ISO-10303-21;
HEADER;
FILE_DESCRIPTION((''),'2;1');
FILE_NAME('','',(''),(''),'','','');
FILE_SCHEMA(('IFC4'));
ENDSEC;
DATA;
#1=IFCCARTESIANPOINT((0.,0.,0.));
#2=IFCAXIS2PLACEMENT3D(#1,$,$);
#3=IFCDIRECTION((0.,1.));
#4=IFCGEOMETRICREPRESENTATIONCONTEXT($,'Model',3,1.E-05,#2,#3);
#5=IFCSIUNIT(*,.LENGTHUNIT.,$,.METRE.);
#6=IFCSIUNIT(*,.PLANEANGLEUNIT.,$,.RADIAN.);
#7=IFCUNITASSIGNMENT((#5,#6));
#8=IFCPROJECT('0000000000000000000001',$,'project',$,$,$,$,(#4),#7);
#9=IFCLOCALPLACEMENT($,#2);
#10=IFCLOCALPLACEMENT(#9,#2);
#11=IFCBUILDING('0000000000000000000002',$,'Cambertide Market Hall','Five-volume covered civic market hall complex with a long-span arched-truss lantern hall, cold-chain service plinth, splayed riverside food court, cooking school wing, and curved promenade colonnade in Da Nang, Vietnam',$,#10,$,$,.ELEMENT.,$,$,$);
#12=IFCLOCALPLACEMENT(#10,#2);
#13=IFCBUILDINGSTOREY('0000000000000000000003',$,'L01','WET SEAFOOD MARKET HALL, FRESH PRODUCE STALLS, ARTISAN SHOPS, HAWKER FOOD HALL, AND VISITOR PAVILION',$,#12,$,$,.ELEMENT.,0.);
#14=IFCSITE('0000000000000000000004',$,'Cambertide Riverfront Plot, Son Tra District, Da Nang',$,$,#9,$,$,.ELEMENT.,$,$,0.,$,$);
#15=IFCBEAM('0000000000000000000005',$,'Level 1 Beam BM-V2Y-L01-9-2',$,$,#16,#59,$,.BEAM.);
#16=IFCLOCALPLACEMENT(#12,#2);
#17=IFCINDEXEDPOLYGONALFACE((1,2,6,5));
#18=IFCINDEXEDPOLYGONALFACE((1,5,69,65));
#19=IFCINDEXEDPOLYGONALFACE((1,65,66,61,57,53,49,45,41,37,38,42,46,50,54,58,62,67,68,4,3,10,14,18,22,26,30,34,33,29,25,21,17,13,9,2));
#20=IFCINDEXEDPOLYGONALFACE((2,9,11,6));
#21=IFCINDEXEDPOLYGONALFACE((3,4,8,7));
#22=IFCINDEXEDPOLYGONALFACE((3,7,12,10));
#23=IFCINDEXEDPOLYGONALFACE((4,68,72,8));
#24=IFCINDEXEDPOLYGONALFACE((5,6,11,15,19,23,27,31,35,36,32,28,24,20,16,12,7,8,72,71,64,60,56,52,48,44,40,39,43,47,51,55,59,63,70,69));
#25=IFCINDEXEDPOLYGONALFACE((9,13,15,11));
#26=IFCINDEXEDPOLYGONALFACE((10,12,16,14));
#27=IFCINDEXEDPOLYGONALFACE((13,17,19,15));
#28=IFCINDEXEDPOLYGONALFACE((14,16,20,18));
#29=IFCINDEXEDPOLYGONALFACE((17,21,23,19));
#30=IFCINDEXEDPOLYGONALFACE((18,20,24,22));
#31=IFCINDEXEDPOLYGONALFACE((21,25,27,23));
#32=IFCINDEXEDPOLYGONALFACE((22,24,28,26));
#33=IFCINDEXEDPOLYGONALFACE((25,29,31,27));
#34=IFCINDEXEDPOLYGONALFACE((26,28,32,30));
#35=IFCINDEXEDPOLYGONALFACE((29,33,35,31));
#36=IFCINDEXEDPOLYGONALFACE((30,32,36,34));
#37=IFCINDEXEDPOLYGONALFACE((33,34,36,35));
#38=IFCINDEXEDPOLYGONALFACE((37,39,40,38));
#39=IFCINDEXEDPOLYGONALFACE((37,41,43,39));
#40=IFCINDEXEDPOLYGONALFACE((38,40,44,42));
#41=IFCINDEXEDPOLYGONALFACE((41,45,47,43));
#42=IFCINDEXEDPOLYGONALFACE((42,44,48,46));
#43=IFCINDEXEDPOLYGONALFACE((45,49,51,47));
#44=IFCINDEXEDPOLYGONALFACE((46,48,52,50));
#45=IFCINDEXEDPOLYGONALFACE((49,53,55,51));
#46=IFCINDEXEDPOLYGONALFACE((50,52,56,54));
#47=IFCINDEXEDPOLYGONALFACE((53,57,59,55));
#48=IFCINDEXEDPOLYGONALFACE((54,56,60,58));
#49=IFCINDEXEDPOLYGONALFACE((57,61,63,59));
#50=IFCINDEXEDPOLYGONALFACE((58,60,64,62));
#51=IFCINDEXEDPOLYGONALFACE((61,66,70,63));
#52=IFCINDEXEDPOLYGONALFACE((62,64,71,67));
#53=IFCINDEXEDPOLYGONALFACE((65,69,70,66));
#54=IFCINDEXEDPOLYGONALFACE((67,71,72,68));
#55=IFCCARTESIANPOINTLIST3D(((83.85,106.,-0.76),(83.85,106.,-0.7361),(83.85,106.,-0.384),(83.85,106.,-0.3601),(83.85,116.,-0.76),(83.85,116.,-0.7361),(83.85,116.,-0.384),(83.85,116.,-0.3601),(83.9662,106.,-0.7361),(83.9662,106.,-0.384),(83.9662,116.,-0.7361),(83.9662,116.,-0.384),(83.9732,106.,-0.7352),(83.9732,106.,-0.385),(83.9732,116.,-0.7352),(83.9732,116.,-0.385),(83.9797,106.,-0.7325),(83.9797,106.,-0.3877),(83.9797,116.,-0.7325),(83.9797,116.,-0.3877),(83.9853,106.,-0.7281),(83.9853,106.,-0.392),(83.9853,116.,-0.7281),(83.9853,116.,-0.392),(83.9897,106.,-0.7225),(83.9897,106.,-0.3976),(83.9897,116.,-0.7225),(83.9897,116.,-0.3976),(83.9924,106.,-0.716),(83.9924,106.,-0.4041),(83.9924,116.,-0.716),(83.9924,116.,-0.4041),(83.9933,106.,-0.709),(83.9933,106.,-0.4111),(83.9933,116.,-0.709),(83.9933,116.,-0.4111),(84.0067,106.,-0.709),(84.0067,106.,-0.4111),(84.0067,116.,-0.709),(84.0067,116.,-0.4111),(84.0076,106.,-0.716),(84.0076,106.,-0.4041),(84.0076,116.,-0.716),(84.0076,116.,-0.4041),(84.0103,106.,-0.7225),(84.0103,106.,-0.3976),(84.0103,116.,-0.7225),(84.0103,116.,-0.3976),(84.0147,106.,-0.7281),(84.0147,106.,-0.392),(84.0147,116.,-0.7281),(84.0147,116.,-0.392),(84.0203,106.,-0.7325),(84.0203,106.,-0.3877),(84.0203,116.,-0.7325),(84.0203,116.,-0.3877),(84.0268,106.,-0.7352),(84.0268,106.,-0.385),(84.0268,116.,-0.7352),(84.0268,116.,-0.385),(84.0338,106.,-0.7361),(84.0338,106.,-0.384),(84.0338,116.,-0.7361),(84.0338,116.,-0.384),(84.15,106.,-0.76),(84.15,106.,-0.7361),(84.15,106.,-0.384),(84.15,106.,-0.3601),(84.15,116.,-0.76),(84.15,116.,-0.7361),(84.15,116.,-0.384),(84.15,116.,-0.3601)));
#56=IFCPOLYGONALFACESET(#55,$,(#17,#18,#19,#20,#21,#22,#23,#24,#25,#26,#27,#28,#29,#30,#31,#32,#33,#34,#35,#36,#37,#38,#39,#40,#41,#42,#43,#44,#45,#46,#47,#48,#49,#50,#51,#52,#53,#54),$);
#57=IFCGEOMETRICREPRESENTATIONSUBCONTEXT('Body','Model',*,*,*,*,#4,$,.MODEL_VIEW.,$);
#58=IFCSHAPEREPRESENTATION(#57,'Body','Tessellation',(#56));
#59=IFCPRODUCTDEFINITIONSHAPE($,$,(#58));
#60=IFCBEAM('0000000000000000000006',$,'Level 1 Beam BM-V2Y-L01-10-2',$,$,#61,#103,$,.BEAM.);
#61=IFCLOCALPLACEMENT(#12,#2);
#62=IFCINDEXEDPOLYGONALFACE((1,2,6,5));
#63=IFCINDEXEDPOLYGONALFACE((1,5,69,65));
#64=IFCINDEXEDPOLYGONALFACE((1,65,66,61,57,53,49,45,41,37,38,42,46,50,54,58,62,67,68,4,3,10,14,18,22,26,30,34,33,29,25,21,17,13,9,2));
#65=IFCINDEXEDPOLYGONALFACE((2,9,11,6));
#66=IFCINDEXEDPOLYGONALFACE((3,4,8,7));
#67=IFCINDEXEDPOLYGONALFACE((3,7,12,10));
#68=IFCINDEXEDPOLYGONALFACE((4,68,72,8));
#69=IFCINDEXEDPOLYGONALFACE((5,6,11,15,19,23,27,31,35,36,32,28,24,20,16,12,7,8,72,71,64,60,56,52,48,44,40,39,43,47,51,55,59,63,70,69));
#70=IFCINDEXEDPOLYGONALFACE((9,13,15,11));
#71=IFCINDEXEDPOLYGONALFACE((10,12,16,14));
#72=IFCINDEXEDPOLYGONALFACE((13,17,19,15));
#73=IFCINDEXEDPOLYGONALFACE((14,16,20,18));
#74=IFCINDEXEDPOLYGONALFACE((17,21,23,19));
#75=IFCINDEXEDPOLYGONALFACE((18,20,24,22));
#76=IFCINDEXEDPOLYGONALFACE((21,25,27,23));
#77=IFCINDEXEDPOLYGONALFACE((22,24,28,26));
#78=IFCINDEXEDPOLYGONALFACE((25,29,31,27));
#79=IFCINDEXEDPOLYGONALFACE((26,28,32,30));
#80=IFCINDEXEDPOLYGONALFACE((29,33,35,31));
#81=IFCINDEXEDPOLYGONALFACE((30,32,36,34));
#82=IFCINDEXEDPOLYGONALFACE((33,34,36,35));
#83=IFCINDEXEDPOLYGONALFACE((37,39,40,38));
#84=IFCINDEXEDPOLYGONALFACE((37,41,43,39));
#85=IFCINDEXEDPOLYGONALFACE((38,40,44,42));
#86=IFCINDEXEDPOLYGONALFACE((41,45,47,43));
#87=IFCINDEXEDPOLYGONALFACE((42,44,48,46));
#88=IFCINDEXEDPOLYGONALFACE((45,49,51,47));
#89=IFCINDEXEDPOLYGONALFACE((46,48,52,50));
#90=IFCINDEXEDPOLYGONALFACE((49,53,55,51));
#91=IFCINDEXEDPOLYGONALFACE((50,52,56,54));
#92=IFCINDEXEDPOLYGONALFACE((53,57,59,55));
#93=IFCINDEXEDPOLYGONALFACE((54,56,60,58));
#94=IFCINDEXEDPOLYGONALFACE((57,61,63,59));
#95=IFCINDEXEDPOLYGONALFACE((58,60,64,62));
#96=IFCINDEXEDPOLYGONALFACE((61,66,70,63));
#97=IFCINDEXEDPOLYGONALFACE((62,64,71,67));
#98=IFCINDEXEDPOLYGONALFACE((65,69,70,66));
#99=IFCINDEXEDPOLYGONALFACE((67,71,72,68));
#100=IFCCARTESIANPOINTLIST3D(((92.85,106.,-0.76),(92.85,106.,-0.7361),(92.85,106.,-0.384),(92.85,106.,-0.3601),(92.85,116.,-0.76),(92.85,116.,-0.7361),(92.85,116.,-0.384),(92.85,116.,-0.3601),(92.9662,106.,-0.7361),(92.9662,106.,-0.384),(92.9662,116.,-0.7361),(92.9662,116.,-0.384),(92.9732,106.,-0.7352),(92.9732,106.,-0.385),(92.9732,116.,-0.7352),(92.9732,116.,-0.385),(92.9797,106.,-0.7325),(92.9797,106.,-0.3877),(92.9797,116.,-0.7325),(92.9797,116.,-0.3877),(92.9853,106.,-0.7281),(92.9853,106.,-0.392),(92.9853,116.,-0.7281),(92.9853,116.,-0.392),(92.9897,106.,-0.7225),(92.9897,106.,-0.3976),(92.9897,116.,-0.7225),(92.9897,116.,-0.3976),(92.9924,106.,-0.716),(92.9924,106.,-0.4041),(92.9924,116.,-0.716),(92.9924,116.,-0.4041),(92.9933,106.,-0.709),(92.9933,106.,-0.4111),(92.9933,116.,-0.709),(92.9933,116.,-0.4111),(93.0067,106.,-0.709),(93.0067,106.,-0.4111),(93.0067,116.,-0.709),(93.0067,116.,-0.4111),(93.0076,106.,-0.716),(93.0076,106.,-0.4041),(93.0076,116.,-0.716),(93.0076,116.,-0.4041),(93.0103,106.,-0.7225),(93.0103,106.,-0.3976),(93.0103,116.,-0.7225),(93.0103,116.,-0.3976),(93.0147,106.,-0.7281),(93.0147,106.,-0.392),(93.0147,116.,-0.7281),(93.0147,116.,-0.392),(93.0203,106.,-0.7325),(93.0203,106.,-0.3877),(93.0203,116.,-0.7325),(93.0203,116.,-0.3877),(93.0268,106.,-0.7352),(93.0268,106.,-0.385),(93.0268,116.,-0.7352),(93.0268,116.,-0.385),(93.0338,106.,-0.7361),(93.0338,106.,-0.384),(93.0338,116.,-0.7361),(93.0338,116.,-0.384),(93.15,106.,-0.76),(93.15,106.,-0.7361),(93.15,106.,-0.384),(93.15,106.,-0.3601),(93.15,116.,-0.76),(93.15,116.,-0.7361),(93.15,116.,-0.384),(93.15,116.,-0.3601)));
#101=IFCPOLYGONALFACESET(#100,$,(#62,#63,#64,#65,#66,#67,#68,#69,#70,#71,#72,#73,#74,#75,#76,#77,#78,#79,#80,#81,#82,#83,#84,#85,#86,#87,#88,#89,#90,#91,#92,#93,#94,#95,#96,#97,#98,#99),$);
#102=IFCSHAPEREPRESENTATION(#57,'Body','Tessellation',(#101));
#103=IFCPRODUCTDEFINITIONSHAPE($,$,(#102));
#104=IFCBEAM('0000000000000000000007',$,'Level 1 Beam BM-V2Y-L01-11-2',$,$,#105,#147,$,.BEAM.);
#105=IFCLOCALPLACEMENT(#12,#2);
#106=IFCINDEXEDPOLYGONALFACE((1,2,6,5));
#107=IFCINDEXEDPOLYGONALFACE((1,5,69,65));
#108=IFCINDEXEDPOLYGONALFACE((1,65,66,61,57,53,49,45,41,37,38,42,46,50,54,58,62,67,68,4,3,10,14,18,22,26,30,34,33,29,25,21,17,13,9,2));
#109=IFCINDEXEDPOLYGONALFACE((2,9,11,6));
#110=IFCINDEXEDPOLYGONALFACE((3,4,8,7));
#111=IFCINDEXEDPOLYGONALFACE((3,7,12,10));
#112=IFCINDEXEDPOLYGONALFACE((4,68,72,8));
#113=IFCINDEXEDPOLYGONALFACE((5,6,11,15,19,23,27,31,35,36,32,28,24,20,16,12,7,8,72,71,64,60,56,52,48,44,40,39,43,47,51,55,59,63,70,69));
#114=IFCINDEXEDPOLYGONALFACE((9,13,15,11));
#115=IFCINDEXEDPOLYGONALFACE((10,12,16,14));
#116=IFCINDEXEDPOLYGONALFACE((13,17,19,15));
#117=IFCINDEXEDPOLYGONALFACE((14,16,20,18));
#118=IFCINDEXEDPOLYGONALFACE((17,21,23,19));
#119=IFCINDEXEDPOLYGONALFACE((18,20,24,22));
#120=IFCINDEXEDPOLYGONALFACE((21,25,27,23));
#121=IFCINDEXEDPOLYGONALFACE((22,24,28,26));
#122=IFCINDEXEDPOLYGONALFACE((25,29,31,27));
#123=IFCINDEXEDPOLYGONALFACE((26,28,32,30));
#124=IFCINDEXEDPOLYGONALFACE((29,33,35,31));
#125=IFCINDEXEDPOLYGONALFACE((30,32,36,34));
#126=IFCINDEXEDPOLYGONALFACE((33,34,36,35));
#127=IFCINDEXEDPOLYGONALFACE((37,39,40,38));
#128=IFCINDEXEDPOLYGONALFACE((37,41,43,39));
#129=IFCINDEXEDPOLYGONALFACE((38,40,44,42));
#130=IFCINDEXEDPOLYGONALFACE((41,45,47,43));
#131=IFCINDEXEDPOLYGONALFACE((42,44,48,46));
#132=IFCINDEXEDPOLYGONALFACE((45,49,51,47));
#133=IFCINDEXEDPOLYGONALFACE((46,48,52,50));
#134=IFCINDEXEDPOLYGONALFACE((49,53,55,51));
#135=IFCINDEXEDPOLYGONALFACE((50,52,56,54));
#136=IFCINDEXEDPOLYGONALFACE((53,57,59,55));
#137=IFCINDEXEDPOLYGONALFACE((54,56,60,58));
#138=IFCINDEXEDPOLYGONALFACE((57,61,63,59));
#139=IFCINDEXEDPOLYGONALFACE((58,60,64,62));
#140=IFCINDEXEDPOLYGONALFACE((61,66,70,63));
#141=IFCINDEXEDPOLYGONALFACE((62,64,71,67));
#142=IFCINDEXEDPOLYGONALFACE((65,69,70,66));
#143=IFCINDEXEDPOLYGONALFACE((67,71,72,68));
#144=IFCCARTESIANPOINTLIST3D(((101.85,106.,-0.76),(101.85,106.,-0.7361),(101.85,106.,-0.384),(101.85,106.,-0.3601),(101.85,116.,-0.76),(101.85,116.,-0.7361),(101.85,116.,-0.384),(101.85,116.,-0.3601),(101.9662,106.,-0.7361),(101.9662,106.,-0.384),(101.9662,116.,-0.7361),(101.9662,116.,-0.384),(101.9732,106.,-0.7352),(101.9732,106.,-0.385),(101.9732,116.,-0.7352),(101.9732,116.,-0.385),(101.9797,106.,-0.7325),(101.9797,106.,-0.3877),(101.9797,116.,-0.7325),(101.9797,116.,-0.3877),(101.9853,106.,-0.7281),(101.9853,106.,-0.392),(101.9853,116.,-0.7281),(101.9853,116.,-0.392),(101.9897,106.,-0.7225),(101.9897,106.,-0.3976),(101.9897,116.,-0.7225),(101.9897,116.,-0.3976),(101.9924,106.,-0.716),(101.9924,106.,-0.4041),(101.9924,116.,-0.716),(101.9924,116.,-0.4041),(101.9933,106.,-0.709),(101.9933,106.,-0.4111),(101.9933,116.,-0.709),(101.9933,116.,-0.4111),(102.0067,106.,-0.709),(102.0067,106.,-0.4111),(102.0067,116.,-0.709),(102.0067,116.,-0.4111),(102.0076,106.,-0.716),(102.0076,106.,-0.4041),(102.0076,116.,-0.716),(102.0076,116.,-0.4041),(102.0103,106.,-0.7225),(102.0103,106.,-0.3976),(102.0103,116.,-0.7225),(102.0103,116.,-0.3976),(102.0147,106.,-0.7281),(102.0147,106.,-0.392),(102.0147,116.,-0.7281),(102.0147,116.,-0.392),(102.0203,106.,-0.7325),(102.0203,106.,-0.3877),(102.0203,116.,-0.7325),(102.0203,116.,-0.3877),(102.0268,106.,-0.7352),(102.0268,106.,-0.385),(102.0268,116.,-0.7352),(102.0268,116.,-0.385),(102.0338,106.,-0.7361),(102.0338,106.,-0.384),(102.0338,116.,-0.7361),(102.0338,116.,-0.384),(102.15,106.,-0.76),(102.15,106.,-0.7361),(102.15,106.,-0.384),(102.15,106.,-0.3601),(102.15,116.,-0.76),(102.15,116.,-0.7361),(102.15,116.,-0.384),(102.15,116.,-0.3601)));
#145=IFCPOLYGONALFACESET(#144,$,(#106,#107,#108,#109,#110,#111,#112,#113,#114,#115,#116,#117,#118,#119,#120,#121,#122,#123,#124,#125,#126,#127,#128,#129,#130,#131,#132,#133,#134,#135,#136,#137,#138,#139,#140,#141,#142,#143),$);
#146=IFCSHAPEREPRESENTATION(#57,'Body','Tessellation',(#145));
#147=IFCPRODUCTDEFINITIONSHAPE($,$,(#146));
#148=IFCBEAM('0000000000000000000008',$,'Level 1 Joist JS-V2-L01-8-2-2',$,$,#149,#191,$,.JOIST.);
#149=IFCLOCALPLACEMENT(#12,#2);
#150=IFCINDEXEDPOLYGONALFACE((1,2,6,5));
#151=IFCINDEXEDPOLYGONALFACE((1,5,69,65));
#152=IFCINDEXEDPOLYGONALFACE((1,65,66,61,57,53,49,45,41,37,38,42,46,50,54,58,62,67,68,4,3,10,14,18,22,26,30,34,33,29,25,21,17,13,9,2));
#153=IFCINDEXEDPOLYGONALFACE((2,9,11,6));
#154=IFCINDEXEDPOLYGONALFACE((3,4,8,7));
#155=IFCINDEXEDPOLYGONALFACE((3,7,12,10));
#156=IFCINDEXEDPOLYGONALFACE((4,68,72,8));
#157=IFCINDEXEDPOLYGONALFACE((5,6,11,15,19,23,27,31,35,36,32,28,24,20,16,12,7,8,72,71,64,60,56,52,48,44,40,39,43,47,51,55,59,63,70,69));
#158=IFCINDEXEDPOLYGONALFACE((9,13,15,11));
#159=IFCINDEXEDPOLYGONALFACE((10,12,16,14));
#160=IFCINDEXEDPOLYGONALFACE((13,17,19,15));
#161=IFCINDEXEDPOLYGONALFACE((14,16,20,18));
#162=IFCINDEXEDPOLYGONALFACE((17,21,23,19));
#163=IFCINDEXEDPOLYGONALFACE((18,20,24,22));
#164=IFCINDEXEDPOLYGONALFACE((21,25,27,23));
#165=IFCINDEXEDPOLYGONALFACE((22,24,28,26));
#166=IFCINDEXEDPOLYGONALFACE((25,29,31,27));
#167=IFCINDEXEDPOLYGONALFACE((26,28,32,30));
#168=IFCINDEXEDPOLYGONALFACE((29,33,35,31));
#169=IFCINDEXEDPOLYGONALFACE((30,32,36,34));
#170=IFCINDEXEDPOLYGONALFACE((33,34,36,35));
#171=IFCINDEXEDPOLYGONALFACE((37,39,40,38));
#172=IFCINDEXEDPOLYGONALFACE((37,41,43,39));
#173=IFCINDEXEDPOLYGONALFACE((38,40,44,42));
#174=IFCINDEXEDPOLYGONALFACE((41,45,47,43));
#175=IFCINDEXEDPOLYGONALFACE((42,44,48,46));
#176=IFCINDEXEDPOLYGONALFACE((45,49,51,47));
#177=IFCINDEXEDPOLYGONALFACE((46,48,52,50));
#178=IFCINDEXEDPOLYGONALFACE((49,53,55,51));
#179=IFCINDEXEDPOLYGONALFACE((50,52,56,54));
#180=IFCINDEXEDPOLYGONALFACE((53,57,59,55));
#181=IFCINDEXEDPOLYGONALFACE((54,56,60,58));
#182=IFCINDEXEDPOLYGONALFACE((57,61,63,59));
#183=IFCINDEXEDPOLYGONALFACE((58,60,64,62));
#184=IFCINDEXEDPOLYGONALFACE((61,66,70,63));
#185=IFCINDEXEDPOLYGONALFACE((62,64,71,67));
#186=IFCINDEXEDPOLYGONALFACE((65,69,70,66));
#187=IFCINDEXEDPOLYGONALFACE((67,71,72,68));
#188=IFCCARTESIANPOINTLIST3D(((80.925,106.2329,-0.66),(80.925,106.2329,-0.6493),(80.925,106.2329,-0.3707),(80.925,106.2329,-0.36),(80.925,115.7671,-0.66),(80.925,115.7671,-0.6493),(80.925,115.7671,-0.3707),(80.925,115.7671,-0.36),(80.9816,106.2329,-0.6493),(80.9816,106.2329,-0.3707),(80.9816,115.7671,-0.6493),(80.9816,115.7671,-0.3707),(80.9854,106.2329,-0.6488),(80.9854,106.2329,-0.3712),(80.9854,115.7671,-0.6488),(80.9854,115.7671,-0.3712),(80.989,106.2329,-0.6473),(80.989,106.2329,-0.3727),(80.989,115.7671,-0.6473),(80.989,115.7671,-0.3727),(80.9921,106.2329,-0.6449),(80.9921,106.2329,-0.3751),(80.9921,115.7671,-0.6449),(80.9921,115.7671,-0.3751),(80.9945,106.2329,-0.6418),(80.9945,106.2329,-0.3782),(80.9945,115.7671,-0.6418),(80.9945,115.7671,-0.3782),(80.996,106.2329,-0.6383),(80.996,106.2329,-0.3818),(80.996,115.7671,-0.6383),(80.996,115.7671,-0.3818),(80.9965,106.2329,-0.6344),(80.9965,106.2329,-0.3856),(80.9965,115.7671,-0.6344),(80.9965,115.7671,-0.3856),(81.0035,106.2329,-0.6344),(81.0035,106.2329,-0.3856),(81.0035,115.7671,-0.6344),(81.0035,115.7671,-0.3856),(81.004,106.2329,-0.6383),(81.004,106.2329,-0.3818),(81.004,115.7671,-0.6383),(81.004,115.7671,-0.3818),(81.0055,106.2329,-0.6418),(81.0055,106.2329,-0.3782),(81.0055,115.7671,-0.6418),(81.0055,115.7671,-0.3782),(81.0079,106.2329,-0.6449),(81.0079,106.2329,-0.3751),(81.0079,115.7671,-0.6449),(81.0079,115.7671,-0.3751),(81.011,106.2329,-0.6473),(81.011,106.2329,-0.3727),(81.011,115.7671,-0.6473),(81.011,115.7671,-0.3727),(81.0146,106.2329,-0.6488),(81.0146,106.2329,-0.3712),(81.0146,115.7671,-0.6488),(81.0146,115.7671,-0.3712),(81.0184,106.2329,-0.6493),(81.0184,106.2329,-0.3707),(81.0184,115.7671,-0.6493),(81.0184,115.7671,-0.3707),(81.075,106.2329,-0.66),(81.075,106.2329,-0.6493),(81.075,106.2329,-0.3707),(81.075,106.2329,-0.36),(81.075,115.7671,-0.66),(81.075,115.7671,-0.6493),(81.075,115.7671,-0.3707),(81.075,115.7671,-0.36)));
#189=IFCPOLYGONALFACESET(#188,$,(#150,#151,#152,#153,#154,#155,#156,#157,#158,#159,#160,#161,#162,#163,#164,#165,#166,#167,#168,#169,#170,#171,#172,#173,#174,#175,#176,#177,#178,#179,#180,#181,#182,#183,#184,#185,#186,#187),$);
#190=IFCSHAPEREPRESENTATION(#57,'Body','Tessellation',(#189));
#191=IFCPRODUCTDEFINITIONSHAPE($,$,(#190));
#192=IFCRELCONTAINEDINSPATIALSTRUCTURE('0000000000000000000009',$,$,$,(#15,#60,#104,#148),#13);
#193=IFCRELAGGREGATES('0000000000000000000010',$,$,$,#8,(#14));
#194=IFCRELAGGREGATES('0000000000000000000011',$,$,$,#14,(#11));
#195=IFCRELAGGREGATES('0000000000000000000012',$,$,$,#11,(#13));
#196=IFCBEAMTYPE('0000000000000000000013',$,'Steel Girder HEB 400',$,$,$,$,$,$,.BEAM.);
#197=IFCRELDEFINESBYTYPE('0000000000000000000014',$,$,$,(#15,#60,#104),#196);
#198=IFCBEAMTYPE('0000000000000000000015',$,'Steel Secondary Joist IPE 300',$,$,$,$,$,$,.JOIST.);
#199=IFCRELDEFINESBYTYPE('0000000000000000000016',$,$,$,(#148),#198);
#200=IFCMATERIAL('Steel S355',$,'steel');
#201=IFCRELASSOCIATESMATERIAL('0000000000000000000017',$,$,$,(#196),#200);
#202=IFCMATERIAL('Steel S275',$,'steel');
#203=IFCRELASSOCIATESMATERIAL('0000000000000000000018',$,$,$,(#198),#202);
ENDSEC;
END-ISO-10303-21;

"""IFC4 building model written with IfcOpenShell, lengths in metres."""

from ifc_helpers import new_model, si_unit, direction, frame, origin, origin_2d, place, context, subcontext, project, spatial, i_section, extrude, material, material_profile, profile_set, type_object, element, save


model = new_model("IFC4")

# Units and contexts
model_context = context("Model", 3, precision=1e-05, world=origin(), true_north=direction((0.0, 1.0)))
body_context = subcontext(model_context, "Body", "Model", "MODEL_VIEW")
ifc_project = project(units=[si_unit("LENGTHUNIT", "METRE"), si_unit("PLANEANGLEUNIT", "RADIAN")], contexts=[model_context])

# Site, building, storey
site_placement = place(None, origin())
site = spatial("IfcSite", under=ifc_project, at=site_placement, Name="Cambertide Riverfront Plot, Son Tra District, Da Nang", CompositionType="ELEMENT", RefElevation=0.0)
building_placement = place(site_placement, origin())
building = spatial("IfcBuilding", under=site, at=building_placement, Name="Cambertide Market Hall", Description="Five-volume covered civic market hall complex with a long-span arched-truss lantern hall, cold-chain service plinth, splayed riverside food court, cooking school wing, and curved promenade colonnade in Da Nang, Vietnam", CompositionType="ELEMENT")
storey_placement = place(building_placement, origin())
storey = spatial("IfcBuildingStorey", under=building, at=storey_placement, Name="L01", Description="WET SEAFOOD MARKET HALL, FRESH PRODUCE STALLS, ARTISAN SHOPS, HAWKER FOOD HALL, AND VISITOR PAVILION", CompositionType="ELEMENT", Elevation=0.0)

# Beams
ifc_material_1 = material(Name="Steel S355", Category="steel")
ifc_material_profile_1 = material_profile(ifc_material_1, i_section(OverallWidth=0.3, OverallDepth=0.3999, WebThickness=0.0134, FlangeThickness=0.0239, FilletRadius=0.0271, at=origin_2d()), Name="HEB 400")
ifc_profile_set_1 = profile_set([ifc_material_profile_1], Name="Steel S355")
beam_type_1 = type_object("IfcBeamType", Name="Steel Girder HEB 400", PredefinedType="BEAM", material=ifc_profile_set_1)
for number, where, z_axis, x_axis, name in (
    (1, (84.0, 106.0, -0.5601), (0.0, 1.0, 0.0), (-1.0, 0.0, 0.0), "Level 1 Beam BM-V2Y-L01-9-2"),
    (2, (93.0, 106.0, -0.5601), (0.0, 1.0, 0.0), (-1.0, 0.0, 0.0), "Level 1 Beam BM-V2Y-L01-10-2"),
    (3, (102.0, 106.0, -0.5601), (0.0, 1.0, 0.0), (-1.0, 0.0, 0.0), "Level 1 Beam BM-V2Y-L01-11-2"),
):
    element("IfcBeam", number, at=place(storey_placement, frame(where, z_axis=z_axis, x_axis=x_axis)), inside=storey, type_object=beam_type_1, Name=name, PredefinedType="BEAM", context=body_context, shape_type="SweptSolid", body=[
        extrude(i_section(OverallWidth=0.3, OverallDepth=0.3999, WebThickness=0.0134, FlangeThickness=0.0239, FilletRadius=0.0271, at=origin_2d()), origin(), (0.0, 0.0, 1.0), 10.0),
    ])
ifc_material_2 = material(Name="Steel S275", Category="steel")
ifc_material_profile_2 = material_profile(ifc_material_2, i_section(OverallWidth=0.1499, OverallDepth=0.3, WebThickness=0.0071, FlangeThickness=0.0107, FilletRadius=0.0149, at=origin_2d()), Name="IPE 300")
ifc_profile_set_2 = profile_set([ifc_material_profile_2], Name="Steel S275")
beam_type_2 = type_object("IfcBeamType", Name="Steel Secondary Joist IPE 300", PredefinedType="JOIST", material=ifc_profile_set_2)
beam_placement = place(storey_placement, frame((81.0, 106.2329, -0.51), z_axis=(0.0, 1.0, 0.0), x_axis=(-1.0, 0.0, 0.0)))
element("IfcBeam", 4, at=beam_placement, inside=storey, type_object=beam_type_2, Name="Level 1 Joist JS-V2-L01-8-2-2", PredefinedType="JOIST", context=body_context, shape_type="SweptSolid", body=[
    extrude(i_section(OverallWidth=0.1499, OverallDepth=0.3, WebThickness=0.0071, FlangeThickness=0.0107, FilletRadius=0.0149, at=origin_2d()), origin(), (0.0, 0.0, 1.0), 9.5342),
])

save(model, "model.ifc")
